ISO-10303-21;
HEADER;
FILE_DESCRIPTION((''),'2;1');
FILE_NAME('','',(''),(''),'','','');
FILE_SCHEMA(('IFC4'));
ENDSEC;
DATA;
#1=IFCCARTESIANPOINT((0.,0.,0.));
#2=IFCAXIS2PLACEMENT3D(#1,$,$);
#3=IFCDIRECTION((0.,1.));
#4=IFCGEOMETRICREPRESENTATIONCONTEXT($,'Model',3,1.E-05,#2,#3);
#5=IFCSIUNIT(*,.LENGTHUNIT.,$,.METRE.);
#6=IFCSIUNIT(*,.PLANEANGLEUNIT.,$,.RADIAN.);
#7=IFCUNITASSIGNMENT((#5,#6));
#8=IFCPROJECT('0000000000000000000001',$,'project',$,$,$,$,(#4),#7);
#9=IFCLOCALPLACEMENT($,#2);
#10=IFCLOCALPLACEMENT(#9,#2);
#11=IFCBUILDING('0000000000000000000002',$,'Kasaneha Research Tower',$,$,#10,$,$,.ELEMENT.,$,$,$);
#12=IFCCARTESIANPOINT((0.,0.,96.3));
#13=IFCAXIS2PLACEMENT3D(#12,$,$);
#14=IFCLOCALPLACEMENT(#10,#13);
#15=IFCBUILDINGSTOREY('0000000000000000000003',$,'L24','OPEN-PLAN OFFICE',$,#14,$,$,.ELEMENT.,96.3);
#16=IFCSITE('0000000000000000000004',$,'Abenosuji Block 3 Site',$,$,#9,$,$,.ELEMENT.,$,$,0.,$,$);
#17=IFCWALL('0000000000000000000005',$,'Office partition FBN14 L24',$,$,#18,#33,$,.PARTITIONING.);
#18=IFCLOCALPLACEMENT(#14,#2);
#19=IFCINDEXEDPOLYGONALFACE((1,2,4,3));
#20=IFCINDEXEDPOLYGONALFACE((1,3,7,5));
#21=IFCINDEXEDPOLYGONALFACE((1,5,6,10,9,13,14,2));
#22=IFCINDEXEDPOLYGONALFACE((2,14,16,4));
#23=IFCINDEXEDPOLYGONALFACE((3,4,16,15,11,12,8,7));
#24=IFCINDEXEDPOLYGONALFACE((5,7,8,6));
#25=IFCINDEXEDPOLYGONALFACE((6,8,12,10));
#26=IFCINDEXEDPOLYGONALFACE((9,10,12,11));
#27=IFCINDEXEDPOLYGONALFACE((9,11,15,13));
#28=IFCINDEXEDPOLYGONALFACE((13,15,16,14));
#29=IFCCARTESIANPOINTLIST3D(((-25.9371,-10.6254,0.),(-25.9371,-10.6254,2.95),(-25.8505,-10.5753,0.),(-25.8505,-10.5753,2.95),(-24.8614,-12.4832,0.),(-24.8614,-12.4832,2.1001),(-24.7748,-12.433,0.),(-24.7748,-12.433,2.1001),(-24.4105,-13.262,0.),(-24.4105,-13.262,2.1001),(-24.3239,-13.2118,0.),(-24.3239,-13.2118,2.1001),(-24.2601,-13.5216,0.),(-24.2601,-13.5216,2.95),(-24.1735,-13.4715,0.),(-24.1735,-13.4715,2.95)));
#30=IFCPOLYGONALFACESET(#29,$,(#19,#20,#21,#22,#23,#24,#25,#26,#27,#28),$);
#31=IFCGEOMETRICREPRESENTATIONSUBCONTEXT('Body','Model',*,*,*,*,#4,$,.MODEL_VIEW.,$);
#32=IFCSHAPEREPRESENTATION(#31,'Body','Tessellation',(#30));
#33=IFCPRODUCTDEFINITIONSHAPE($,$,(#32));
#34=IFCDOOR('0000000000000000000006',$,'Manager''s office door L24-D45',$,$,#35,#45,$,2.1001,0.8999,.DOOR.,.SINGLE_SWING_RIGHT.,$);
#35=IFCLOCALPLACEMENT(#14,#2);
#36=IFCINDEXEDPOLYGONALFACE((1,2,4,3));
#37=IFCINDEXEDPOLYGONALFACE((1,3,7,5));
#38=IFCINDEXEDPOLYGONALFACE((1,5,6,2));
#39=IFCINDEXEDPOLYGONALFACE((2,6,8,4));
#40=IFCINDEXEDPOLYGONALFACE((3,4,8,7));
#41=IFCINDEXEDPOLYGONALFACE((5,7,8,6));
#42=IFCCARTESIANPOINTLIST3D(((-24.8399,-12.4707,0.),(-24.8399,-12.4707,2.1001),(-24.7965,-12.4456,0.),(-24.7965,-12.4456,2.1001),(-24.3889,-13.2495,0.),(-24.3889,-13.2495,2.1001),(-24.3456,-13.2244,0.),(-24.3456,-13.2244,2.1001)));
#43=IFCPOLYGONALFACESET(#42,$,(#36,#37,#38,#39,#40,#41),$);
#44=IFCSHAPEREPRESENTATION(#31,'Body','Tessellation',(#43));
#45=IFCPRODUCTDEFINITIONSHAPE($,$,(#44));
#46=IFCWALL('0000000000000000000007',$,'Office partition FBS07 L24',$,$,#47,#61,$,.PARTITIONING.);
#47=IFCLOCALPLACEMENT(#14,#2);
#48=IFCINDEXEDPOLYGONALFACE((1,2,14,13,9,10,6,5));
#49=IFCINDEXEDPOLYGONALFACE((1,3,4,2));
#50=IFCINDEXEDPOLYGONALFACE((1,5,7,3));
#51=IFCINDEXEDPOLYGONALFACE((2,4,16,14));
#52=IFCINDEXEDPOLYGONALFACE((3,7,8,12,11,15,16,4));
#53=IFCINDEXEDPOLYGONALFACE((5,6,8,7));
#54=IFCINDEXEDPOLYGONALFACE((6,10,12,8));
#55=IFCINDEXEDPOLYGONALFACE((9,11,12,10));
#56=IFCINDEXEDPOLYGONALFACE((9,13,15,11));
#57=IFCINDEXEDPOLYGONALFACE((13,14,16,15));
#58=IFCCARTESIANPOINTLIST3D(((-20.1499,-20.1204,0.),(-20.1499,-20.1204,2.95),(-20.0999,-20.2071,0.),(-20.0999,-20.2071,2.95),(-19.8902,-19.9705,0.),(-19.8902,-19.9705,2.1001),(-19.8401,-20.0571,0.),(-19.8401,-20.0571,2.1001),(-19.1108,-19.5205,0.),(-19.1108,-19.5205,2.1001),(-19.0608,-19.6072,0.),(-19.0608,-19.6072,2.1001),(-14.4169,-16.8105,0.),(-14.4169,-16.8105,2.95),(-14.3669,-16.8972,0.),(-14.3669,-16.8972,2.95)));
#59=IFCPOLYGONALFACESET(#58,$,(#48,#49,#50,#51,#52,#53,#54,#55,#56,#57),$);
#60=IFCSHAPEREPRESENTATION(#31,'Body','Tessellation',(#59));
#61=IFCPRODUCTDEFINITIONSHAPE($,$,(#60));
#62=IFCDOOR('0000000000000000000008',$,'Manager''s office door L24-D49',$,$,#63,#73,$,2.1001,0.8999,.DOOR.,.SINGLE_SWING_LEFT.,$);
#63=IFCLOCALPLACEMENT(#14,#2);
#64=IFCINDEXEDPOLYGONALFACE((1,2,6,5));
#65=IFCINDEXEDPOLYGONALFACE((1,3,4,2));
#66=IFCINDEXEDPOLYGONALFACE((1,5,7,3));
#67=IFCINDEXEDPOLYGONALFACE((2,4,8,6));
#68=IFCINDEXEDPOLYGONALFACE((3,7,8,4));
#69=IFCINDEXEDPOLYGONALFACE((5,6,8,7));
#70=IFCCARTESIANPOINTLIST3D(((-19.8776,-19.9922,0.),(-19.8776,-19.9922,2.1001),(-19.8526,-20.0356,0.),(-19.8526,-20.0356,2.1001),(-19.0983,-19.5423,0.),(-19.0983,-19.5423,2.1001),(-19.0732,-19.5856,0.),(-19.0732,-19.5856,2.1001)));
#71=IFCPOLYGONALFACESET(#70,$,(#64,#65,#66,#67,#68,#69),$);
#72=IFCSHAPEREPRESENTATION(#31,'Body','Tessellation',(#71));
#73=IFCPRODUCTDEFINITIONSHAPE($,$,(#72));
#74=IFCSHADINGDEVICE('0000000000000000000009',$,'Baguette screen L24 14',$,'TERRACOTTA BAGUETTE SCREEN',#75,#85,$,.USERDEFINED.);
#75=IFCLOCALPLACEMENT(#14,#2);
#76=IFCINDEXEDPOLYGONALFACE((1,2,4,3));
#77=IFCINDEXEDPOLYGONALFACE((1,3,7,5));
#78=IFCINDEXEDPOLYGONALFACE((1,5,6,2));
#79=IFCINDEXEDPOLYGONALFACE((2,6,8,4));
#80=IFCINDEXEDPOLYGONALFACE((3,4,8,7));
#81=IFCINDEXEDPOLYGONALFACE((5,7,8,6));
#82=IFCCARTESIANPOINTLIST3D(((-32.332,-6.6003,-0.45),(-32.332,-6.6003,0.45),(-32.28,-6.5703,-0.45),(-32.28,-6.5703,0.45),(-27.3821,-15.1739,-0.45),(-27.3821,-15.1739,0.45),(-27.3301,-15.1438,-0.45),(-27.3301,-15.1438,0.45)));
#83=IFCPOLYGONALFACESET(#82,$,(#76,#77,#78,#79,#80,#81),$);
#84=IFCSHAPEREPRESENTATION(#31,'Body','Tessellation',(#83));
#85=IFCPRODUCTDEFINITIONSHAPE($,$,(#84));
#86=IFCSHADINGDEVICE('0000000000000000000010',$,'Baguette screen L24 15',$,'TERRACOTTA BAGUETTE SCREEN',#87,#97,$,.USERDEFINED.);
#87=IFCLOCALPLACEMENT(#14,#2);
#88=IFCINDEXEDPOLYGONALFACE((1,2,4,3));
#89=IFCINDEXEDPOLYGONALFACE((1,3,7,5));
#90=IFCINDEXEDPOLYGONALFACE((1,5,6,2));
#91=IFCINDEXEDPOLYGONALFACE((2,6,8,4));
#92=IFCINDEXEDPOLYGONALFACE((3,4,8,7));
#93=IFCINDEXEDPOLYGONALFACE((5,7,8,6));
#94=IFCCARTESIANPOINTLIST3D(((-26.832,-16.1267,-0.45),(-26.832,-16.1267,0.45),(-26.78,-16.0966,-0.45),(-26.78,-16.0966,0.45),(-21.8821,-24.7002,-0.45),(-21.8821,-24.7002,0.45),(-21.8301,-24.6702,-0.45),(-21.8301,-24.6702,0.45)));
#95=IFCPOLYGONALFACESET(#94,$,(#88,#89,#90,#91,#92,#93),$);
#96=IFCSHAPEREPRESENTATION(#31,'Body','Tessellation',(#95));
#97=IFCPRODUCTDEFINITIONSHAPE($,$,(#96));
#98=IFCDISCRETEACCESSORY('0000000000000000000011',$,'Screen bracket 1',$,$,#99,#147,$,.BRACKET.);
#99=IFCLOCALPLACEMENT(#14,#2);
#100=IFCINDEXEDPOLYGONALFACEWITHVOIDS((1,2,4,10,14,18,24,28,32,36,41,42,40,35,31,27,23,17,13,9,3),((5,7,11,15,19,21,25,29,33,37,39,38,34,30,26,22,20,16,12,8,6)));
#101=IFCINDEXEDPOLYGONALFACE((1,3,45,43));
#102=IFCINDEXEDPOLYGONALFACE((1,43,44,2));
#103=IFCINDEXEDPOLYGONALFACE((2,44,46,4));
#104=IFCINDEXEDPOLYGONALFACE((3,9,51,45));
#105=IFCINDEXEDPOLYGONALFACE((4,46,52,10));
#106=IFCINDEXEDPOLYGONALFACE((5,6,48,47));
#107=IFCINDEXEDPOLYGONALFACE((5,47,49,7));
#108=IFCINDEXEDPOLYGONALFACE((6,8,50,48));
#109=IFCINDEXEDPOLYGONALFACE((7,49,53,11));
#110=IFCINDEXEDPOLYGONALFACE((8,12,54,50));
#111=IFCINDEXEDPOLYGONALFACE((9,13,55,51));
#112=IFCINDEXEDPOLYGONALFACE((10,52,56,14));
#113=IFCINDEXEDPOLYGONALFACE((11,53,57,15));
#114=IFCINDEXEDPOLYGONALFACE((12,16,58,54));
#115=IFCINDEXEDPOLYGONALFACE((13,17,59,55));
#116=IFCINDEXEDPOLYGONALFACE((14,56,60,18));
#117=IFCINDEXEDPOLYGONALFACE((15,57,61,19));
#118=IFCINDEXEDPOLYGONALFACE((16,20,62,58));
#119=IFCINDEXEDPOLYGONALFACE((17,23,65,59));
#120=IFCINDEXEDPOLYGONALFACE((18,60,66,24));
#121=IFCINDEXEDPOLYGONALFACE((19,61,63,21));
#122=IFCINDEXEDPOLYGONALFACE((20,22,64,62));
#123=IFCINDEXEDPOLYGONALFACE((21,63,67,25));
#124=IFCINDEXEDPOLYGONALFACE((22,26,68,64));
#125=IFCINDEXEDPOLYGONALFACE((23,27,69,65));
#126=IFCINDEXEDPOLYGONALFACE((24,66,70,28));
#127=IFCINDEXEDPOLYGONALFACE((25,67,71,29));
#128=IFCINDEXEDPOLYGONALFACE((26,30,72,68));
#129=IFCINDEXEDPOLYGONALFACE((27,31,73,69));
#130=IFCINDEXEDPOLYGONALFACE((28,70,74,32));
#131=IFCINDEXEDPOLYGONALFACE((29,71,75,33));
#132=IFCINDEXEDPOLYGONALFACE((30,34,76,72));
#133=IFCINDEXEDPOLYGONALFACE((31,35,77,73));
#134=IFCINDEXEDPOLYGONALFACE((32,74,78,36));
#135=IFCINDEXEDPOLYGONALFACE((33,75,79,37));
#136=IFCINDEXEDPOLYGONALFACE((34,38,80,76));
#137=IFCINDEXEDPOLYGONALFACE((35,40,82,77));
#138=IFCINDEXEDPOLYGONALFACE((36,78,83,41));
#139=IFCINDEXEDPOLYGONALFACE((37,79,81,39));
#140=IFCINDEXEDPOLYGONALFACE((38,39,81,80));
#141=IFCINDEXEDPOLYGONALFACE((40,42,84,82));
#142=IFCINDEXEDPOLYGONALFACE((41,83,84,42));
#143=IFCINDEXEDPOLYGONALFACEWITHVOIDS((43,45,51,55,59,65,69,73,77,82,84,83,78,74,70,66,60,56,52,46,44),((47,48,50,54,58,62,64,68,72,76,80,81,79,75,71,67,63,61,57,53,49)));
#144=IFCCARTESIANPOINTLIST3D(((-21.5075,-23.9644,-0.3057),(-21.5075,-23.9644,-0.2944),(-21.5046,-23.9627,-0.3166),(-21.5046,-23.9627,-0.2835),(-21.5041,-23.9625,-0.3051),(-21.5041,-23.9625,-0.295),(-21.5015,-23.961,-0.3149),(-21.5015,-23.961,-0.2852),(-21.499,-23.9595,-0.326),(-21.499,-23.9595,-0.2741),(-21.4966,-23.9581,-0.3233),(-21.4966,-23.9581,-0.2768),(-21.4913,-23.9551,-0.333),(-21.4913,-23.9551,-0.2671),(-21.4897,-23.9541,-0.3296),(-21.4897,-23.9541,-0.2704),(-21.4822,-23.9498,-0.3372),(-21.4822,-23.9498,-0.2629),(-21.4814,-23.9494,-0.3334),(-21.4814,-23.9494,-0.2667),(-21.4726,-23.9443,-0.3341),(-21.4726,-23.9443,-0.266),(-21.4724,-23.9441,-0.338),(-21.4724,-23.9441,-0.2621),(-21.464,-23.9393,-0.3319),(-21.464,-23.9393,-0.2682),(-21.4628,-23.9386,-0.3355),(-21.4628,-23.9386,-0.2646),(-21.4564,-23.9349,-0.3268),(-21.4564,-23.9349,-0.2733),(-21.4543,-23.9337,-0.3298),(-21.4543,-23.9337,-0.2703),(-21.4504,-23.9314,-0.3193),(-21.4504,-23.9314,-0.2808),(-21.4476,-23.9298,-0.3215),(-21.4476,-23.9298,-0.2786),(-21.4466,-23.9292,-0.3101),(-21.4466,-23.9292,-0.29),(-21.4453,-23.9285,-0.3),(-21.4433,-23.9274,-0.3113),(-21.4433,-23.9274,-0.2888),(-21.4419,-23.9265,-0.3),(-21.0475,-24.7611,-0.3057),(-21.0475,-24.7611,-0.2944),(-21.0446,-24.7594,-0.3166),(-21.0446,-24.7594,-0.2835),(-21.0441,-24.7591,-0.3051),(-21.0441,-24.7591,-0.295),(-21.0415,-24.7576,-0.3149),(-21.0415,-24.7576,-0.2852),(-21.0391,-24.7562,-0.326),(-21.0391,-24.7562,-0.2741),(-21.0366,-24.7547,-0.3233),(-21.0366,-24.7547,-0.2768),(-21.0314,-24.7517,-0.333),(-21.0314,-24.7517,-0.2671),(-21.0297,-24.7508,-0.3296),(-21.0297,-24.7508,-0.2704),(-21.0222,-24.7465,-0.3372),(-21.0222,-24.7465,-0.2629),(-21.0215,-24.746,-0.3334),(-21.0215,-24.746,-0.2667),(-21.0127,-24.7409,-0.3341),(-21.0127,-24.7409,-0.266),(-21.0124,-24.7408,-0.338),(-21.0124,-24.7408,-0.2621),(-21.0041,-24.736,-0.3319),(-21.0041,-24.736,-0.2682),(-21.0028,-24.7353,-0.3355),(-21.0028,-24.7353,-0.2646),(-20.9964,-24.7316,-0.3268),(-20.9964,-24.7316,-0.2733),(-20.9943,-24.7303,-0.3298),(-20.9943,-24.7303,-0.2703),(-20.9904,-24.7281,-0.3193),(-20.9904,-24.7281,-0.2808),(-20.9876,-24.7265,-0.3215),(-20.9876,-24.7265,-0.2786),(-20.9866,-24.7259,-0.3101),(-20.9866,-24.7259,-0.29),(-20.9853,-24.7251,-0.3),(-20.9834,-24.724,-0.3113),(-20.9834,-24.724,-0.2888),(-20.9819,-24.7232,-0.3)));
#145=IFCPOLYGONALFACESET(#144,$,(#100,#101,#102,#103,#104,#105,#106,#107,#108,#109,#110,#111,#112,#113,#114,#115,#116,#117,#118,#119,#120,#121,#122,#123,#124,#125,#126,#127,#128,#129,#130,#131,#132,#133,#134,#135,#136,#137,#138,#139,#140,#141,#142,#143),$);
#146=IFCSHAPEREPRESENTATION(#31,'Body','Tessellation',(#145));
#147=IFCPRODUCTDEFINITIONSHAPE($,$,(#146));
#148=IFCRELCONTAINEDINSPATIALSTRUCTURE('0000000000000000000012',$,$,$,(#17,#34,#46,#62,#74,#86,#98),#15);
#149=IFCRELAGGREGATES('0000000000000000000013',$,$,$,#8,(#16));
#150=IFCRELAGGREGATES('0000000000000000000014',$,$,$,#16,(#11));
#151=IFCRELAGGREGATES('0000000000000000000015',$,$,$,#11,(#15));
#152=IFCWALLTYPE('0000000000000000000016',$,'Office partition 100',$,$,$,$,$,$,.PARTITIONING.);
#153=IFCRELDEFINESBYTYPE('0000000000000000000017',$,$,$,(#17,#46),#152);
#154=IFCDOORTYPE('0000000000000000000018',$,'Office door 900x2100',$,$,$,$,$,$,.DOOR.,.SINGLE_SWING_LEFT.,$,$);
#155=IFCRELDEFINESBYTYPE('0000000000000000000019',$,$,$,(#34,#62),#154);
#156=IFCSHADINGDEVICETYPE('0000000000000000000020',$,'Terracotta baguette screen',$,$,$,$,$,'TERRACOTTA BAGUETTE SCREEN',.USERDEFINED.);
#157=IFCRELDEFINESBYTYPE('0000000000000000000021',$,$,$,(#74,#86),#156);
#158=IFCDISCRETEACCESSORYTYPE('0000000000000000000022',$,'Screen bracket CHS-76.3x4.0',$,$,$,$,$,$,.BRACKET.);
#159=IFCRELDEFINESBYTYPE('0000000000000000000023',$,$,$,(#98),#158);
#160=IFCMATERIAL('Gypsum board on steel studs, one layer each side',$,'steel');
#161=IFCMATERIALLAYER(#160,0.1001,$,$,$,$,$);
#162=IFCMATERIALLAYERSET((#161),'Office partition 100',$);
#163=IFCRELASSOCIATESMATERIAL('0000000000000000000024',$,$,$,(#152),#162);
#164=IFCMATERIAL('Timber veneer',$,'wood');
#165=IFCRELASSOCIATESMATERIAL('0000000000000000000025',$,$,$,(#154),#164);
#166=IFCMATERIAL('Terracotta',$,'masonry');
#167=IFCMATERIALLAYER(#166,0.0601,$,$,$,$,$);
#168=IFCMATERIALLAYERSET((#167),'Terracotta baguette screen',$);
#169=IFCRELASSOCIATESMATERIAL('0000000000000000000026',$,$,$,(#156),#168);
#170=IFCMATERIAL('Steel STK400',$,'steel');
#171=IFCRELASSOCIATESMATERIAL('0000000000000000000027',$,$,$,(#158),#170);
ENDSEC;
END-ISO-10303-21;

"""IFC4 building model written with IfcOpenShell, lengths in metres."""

from ifc_helpers import new_model, si_unit, direction, frame, frame_2d, origin, origin_2d, place, context, subcontext, project, spatial, rectangle, hollow_circle, extrude, material, layer, layer_set, material_profile, profile_set, type_object, element, fill, save


model = new_model("IFC4")

# Units and contexts
model_context = context("Model", 3, precision=1e-05, world=origin(), true_north=direction((0.0, 1.0)))
body_context = subcontext(model_context, "Body", "Model", "MODEL_VIEW")
ifc_project = project(units=[si_unit("LENGTHUNIT", "METRE"), si_unit("PLANEANGLEUNIT", "RADIAN")], contexts=[model_context])

# Site, building, storey
site_placement = place(None, origin())
site = spatial("IfcSite", under=ifc_project, at=site_placement, Name="Abenosuji Block 3 Site", CompositionType="ELEMENT", RefElevation=0.0)
building_placement = place(site_placement, origin())
building = spatial("IfcBuilding", under=site, at=building_placement, Name="Kasaneha Research Tower", CompositionType="ELEMENT")
storey_placement = place(building_placement, frame((0.0, 0.0, 96.3)))
storey = spatial("IfcBuildingStorey", under=building, at=storey_placement, Name="L24", Description="OPEN-PLAN OFFICE", CompositionType="ELEMENT", Elevation=96.3)

# Shared definitions
ifc_material_1 = material(Name="Gypsum board on steel studs, one layer each side", Category="steel")
ifc_layer_1 = layer(ifc_material_1, 0.1001)
ifc_layer_set_1 = layer_set([ifc_layer_1], Name="Office partition 100")
wall_type = type_object("IfcWallType", Name="Office partition 100", PredefinedType="PARTITIONING", material=ifc_layer_set_1)

# Walls, openings, doors
wall_1_placement = place(storey_placement, frame((-25.8938, -10.6003, 0.0), z_axis=(0.0, 0.0, 1.0), x_axis=(0.501088, -0.865396, 0.0)))
wall_1 = element("IfcWall", 1, at=wall_1_placement, inside=storey, type_object=wall_type, Name="Office partition FBN14 L24", PredefinedType="PARTITIONING", context=body_context, shape_type="SweptSolid", body=[
    extrude(rectangle(XDim=3.3467, YDim=0.1001, at=frame_2d((1.6733, 0.0))), origin(), (0.0, 0.0, 1.0), 2.95),
])
opening_1_placement = place(wall_1_placement, frame((2.1467, 0.0, 0.0)))
opening_1 = element("IfcOpeningElement", 2, at=opening_1_placement, cuts=wall_1, PredefinedType="OPENING", context=body_context, shape_type="SweptSolid", body=[
    extrude(rectangle(XDim=0.8999, YDim=2.1001, at=frame_2d((0.45, 1.05))), frame((0.0, 0.0601, 0.0), z_axis=(0.0, -1.0, 0.0), x_axis=(1.0, 0.0, 0.0)), (0.0, 0.0, 1.0), 0.1201),
])
ifc_material_2 = material(Name="Timber veneer", Category="wood")
door_type = type_object("IfcDoorType", Name="Office door 900x2100", OperationType="SINGLE_SWING_LEFT", PredefinedType="DOOR", material=ifc_material_2)
door_1_placement = place(opening_1_placement, origin())
door_1 = element("IfcDoor", 3, at=door_1_placement, inside=storey, type_object=door_type, Name="Manager's office door L24-D45", OperationType="SINGLE_SWING_RIGHT", OverallHeight=2.1001, OverallWidth=0.8999, PredefinedType="DOOR", context=body_context, shape_type="SweptSolid", body=[
    extrude(rectangle(XDim=0.8999, YDim=2.1001, at=frame_2d((0.45, 1.05))), frame((0.0, 0.0249, 0.0), z_axis=(0.0, -1.0, 0.0), x_axis=(1.0, 0.0, 0.0)), (0.0, 0.0, 1.0), 0.05),
])
fill(opening_1, door_1)
wall_2_placement = place(storey_placement, frame((-20.125, -20.1638, 0.0), z_axis=(0.0, 0.0, 1.0), x_axis=(0.866031, 0.499991, 0.0)))
wall_2 = element("IfcWall", 4, at=wall_2_placement, inside=storey, type_object=wall_type, Name="Office partition FBS07 L24", PredefinedType="PARTITIONING", context=body_context, shape_type="SweptSolid", body=[
    extrude(rectangle(XDim=6.6199, YDim=0.1001, at=frame_2d((3.3101, 0.0))), origin(), (0.0, 0.0, 1.0), 2.95),
])
opening_2_placement = place(wall_2_placement, frame((0.3, 0.0, 0.0)))
opening_2 = element("IfcOpeningElement", 5, at=opening_2_placement, cuts=wall_2, PredefinedType="OPENING", context=body_context, shape_type="SweptSolid", body=[
    extrude(rectangle(XDim=0.8999, YDim=2.1001, at=frame_2d((0.45, 1.05))), frame((0.0, 0.0601, 0.0), z_axis=(0.0, -1.0, 0.0), x_axis=(1.0, 0.0, 0.0)), (0.0, 0.0, 1.0), 0.1201),
])
door_2_placement = place(opening_2_placement, origin())
door_2 = element("IfcDoor", 6, at=door_2_placement, inside=storey, type_object=door_type, Name="Manager's office door L24-D49", OperationType="SINGLE_SWING_LEFT", OverallHeight=2.1001, OverallWidth=0.8999, PredefinedType="DOOR", context=body_context, shape_type="SweptSolid", body=[
    extrude(rectangle(XDim=0.8999, YDim=2.1001, at=frame_2d((0.45, 1.05))), frame((0.0, 0.0249, 0.0), z_axis=(0.0, -1.0, 0.0), x_axis=(1.0, 0.0, 0.0)), (0.0, 0.0, 1.0), 0.05),
])
fill(opening_2, door_2)

# Shading devices
ifc_material_3 = material(Name="Terracotta", Category="masonry")
ifc_layer_2 = layer(ifc_material_3, 0.0601)
ifc_layer_set_2 = layer_set([ifc_layer_2], Name="Terracotta baguette screen")
shading_device_type = type_object("IfcShadingDeviceType", Name="Terracotta baguette screen", ElementType="TERRACOTTA BAGUETTE SCREEN", PredefinedType="USERDEFINED", material=ifc_layer_set_2)
for number, where, z_axis, x_axis, name in (
    (7, (-29.8311, -10.8721, -0.45), (0.0, 0.0, 1.0), (0.5, -0.866025, 0.0), "Baguette screen L24 14"),
    (8, (-24.3311, -20.3984, -0.45), (0.0, 0.0, 1.0), (0.5, -0.866025, 0.0), "Baguette screen L24 15"),
):
    element("IfcShadingDevice", number, at=place(storey_placement, frame(where, z_axis=z_axis, x_axis=x_axis)), inside=storey, type_object=shading_device_type, Name=name, ObjectType="TERRACOTTA BAGUETTE SCREEN", PredefinedType="USERDEFINED", context=body_context, shape_type="SweptSolid", body=[
        extrude(rectangle(XDim=9.8999, YDim=0.0601, at=origin_2d()), origin(), (0.0, 0.0, 1.0), 0.8999),
    ])

# Discrete accessory
ifc_material_4 = material(Name="Steel STK400", Category="steel")
ifc_material_profile_1 = material_profile(ifc_material_4, hollow_circle(Radius=0.0381, WallThickness=0.0039, at=origin_2d()), Name="CHS-76.3x4.0")
ifc_profile_set_1 = profile_set([ifc_material_profile_1], Name="Steel STK400")
discrete_accessory_type = type_object("IfcDiscreteAccessoryType", Name="Screen bracket CHS-76.3x4.0", PredefinedType="BRACKET", material=ifc_profile_set_1)
for number, where, z_axis, x_axis, name in (
    (9, (-21.4749, -23.9456, -0.3), (0.500021, -0.866013, 0.0), (0.866013, 0.500021, 0.0), "Screen bracket 1"),
):
    element("IfcDiscreteAccessory", number, at=place(storey_placement, frame(where, z_axis=z_axis, x_axis=x_axis)), inside=storey, type_object=discrete_accessory_type, Name=name, PredefinedType="BRACKET", context=body_context, shape_type="SweptSolid", body=[
        extrude(hollow_circle(Radius=0.0381, WallThickness=0.0039, at=origin_2d()), origin(), (0.0, 0.0, 1.0), 0.9199),
    ])

save(model, "model.ifc")
